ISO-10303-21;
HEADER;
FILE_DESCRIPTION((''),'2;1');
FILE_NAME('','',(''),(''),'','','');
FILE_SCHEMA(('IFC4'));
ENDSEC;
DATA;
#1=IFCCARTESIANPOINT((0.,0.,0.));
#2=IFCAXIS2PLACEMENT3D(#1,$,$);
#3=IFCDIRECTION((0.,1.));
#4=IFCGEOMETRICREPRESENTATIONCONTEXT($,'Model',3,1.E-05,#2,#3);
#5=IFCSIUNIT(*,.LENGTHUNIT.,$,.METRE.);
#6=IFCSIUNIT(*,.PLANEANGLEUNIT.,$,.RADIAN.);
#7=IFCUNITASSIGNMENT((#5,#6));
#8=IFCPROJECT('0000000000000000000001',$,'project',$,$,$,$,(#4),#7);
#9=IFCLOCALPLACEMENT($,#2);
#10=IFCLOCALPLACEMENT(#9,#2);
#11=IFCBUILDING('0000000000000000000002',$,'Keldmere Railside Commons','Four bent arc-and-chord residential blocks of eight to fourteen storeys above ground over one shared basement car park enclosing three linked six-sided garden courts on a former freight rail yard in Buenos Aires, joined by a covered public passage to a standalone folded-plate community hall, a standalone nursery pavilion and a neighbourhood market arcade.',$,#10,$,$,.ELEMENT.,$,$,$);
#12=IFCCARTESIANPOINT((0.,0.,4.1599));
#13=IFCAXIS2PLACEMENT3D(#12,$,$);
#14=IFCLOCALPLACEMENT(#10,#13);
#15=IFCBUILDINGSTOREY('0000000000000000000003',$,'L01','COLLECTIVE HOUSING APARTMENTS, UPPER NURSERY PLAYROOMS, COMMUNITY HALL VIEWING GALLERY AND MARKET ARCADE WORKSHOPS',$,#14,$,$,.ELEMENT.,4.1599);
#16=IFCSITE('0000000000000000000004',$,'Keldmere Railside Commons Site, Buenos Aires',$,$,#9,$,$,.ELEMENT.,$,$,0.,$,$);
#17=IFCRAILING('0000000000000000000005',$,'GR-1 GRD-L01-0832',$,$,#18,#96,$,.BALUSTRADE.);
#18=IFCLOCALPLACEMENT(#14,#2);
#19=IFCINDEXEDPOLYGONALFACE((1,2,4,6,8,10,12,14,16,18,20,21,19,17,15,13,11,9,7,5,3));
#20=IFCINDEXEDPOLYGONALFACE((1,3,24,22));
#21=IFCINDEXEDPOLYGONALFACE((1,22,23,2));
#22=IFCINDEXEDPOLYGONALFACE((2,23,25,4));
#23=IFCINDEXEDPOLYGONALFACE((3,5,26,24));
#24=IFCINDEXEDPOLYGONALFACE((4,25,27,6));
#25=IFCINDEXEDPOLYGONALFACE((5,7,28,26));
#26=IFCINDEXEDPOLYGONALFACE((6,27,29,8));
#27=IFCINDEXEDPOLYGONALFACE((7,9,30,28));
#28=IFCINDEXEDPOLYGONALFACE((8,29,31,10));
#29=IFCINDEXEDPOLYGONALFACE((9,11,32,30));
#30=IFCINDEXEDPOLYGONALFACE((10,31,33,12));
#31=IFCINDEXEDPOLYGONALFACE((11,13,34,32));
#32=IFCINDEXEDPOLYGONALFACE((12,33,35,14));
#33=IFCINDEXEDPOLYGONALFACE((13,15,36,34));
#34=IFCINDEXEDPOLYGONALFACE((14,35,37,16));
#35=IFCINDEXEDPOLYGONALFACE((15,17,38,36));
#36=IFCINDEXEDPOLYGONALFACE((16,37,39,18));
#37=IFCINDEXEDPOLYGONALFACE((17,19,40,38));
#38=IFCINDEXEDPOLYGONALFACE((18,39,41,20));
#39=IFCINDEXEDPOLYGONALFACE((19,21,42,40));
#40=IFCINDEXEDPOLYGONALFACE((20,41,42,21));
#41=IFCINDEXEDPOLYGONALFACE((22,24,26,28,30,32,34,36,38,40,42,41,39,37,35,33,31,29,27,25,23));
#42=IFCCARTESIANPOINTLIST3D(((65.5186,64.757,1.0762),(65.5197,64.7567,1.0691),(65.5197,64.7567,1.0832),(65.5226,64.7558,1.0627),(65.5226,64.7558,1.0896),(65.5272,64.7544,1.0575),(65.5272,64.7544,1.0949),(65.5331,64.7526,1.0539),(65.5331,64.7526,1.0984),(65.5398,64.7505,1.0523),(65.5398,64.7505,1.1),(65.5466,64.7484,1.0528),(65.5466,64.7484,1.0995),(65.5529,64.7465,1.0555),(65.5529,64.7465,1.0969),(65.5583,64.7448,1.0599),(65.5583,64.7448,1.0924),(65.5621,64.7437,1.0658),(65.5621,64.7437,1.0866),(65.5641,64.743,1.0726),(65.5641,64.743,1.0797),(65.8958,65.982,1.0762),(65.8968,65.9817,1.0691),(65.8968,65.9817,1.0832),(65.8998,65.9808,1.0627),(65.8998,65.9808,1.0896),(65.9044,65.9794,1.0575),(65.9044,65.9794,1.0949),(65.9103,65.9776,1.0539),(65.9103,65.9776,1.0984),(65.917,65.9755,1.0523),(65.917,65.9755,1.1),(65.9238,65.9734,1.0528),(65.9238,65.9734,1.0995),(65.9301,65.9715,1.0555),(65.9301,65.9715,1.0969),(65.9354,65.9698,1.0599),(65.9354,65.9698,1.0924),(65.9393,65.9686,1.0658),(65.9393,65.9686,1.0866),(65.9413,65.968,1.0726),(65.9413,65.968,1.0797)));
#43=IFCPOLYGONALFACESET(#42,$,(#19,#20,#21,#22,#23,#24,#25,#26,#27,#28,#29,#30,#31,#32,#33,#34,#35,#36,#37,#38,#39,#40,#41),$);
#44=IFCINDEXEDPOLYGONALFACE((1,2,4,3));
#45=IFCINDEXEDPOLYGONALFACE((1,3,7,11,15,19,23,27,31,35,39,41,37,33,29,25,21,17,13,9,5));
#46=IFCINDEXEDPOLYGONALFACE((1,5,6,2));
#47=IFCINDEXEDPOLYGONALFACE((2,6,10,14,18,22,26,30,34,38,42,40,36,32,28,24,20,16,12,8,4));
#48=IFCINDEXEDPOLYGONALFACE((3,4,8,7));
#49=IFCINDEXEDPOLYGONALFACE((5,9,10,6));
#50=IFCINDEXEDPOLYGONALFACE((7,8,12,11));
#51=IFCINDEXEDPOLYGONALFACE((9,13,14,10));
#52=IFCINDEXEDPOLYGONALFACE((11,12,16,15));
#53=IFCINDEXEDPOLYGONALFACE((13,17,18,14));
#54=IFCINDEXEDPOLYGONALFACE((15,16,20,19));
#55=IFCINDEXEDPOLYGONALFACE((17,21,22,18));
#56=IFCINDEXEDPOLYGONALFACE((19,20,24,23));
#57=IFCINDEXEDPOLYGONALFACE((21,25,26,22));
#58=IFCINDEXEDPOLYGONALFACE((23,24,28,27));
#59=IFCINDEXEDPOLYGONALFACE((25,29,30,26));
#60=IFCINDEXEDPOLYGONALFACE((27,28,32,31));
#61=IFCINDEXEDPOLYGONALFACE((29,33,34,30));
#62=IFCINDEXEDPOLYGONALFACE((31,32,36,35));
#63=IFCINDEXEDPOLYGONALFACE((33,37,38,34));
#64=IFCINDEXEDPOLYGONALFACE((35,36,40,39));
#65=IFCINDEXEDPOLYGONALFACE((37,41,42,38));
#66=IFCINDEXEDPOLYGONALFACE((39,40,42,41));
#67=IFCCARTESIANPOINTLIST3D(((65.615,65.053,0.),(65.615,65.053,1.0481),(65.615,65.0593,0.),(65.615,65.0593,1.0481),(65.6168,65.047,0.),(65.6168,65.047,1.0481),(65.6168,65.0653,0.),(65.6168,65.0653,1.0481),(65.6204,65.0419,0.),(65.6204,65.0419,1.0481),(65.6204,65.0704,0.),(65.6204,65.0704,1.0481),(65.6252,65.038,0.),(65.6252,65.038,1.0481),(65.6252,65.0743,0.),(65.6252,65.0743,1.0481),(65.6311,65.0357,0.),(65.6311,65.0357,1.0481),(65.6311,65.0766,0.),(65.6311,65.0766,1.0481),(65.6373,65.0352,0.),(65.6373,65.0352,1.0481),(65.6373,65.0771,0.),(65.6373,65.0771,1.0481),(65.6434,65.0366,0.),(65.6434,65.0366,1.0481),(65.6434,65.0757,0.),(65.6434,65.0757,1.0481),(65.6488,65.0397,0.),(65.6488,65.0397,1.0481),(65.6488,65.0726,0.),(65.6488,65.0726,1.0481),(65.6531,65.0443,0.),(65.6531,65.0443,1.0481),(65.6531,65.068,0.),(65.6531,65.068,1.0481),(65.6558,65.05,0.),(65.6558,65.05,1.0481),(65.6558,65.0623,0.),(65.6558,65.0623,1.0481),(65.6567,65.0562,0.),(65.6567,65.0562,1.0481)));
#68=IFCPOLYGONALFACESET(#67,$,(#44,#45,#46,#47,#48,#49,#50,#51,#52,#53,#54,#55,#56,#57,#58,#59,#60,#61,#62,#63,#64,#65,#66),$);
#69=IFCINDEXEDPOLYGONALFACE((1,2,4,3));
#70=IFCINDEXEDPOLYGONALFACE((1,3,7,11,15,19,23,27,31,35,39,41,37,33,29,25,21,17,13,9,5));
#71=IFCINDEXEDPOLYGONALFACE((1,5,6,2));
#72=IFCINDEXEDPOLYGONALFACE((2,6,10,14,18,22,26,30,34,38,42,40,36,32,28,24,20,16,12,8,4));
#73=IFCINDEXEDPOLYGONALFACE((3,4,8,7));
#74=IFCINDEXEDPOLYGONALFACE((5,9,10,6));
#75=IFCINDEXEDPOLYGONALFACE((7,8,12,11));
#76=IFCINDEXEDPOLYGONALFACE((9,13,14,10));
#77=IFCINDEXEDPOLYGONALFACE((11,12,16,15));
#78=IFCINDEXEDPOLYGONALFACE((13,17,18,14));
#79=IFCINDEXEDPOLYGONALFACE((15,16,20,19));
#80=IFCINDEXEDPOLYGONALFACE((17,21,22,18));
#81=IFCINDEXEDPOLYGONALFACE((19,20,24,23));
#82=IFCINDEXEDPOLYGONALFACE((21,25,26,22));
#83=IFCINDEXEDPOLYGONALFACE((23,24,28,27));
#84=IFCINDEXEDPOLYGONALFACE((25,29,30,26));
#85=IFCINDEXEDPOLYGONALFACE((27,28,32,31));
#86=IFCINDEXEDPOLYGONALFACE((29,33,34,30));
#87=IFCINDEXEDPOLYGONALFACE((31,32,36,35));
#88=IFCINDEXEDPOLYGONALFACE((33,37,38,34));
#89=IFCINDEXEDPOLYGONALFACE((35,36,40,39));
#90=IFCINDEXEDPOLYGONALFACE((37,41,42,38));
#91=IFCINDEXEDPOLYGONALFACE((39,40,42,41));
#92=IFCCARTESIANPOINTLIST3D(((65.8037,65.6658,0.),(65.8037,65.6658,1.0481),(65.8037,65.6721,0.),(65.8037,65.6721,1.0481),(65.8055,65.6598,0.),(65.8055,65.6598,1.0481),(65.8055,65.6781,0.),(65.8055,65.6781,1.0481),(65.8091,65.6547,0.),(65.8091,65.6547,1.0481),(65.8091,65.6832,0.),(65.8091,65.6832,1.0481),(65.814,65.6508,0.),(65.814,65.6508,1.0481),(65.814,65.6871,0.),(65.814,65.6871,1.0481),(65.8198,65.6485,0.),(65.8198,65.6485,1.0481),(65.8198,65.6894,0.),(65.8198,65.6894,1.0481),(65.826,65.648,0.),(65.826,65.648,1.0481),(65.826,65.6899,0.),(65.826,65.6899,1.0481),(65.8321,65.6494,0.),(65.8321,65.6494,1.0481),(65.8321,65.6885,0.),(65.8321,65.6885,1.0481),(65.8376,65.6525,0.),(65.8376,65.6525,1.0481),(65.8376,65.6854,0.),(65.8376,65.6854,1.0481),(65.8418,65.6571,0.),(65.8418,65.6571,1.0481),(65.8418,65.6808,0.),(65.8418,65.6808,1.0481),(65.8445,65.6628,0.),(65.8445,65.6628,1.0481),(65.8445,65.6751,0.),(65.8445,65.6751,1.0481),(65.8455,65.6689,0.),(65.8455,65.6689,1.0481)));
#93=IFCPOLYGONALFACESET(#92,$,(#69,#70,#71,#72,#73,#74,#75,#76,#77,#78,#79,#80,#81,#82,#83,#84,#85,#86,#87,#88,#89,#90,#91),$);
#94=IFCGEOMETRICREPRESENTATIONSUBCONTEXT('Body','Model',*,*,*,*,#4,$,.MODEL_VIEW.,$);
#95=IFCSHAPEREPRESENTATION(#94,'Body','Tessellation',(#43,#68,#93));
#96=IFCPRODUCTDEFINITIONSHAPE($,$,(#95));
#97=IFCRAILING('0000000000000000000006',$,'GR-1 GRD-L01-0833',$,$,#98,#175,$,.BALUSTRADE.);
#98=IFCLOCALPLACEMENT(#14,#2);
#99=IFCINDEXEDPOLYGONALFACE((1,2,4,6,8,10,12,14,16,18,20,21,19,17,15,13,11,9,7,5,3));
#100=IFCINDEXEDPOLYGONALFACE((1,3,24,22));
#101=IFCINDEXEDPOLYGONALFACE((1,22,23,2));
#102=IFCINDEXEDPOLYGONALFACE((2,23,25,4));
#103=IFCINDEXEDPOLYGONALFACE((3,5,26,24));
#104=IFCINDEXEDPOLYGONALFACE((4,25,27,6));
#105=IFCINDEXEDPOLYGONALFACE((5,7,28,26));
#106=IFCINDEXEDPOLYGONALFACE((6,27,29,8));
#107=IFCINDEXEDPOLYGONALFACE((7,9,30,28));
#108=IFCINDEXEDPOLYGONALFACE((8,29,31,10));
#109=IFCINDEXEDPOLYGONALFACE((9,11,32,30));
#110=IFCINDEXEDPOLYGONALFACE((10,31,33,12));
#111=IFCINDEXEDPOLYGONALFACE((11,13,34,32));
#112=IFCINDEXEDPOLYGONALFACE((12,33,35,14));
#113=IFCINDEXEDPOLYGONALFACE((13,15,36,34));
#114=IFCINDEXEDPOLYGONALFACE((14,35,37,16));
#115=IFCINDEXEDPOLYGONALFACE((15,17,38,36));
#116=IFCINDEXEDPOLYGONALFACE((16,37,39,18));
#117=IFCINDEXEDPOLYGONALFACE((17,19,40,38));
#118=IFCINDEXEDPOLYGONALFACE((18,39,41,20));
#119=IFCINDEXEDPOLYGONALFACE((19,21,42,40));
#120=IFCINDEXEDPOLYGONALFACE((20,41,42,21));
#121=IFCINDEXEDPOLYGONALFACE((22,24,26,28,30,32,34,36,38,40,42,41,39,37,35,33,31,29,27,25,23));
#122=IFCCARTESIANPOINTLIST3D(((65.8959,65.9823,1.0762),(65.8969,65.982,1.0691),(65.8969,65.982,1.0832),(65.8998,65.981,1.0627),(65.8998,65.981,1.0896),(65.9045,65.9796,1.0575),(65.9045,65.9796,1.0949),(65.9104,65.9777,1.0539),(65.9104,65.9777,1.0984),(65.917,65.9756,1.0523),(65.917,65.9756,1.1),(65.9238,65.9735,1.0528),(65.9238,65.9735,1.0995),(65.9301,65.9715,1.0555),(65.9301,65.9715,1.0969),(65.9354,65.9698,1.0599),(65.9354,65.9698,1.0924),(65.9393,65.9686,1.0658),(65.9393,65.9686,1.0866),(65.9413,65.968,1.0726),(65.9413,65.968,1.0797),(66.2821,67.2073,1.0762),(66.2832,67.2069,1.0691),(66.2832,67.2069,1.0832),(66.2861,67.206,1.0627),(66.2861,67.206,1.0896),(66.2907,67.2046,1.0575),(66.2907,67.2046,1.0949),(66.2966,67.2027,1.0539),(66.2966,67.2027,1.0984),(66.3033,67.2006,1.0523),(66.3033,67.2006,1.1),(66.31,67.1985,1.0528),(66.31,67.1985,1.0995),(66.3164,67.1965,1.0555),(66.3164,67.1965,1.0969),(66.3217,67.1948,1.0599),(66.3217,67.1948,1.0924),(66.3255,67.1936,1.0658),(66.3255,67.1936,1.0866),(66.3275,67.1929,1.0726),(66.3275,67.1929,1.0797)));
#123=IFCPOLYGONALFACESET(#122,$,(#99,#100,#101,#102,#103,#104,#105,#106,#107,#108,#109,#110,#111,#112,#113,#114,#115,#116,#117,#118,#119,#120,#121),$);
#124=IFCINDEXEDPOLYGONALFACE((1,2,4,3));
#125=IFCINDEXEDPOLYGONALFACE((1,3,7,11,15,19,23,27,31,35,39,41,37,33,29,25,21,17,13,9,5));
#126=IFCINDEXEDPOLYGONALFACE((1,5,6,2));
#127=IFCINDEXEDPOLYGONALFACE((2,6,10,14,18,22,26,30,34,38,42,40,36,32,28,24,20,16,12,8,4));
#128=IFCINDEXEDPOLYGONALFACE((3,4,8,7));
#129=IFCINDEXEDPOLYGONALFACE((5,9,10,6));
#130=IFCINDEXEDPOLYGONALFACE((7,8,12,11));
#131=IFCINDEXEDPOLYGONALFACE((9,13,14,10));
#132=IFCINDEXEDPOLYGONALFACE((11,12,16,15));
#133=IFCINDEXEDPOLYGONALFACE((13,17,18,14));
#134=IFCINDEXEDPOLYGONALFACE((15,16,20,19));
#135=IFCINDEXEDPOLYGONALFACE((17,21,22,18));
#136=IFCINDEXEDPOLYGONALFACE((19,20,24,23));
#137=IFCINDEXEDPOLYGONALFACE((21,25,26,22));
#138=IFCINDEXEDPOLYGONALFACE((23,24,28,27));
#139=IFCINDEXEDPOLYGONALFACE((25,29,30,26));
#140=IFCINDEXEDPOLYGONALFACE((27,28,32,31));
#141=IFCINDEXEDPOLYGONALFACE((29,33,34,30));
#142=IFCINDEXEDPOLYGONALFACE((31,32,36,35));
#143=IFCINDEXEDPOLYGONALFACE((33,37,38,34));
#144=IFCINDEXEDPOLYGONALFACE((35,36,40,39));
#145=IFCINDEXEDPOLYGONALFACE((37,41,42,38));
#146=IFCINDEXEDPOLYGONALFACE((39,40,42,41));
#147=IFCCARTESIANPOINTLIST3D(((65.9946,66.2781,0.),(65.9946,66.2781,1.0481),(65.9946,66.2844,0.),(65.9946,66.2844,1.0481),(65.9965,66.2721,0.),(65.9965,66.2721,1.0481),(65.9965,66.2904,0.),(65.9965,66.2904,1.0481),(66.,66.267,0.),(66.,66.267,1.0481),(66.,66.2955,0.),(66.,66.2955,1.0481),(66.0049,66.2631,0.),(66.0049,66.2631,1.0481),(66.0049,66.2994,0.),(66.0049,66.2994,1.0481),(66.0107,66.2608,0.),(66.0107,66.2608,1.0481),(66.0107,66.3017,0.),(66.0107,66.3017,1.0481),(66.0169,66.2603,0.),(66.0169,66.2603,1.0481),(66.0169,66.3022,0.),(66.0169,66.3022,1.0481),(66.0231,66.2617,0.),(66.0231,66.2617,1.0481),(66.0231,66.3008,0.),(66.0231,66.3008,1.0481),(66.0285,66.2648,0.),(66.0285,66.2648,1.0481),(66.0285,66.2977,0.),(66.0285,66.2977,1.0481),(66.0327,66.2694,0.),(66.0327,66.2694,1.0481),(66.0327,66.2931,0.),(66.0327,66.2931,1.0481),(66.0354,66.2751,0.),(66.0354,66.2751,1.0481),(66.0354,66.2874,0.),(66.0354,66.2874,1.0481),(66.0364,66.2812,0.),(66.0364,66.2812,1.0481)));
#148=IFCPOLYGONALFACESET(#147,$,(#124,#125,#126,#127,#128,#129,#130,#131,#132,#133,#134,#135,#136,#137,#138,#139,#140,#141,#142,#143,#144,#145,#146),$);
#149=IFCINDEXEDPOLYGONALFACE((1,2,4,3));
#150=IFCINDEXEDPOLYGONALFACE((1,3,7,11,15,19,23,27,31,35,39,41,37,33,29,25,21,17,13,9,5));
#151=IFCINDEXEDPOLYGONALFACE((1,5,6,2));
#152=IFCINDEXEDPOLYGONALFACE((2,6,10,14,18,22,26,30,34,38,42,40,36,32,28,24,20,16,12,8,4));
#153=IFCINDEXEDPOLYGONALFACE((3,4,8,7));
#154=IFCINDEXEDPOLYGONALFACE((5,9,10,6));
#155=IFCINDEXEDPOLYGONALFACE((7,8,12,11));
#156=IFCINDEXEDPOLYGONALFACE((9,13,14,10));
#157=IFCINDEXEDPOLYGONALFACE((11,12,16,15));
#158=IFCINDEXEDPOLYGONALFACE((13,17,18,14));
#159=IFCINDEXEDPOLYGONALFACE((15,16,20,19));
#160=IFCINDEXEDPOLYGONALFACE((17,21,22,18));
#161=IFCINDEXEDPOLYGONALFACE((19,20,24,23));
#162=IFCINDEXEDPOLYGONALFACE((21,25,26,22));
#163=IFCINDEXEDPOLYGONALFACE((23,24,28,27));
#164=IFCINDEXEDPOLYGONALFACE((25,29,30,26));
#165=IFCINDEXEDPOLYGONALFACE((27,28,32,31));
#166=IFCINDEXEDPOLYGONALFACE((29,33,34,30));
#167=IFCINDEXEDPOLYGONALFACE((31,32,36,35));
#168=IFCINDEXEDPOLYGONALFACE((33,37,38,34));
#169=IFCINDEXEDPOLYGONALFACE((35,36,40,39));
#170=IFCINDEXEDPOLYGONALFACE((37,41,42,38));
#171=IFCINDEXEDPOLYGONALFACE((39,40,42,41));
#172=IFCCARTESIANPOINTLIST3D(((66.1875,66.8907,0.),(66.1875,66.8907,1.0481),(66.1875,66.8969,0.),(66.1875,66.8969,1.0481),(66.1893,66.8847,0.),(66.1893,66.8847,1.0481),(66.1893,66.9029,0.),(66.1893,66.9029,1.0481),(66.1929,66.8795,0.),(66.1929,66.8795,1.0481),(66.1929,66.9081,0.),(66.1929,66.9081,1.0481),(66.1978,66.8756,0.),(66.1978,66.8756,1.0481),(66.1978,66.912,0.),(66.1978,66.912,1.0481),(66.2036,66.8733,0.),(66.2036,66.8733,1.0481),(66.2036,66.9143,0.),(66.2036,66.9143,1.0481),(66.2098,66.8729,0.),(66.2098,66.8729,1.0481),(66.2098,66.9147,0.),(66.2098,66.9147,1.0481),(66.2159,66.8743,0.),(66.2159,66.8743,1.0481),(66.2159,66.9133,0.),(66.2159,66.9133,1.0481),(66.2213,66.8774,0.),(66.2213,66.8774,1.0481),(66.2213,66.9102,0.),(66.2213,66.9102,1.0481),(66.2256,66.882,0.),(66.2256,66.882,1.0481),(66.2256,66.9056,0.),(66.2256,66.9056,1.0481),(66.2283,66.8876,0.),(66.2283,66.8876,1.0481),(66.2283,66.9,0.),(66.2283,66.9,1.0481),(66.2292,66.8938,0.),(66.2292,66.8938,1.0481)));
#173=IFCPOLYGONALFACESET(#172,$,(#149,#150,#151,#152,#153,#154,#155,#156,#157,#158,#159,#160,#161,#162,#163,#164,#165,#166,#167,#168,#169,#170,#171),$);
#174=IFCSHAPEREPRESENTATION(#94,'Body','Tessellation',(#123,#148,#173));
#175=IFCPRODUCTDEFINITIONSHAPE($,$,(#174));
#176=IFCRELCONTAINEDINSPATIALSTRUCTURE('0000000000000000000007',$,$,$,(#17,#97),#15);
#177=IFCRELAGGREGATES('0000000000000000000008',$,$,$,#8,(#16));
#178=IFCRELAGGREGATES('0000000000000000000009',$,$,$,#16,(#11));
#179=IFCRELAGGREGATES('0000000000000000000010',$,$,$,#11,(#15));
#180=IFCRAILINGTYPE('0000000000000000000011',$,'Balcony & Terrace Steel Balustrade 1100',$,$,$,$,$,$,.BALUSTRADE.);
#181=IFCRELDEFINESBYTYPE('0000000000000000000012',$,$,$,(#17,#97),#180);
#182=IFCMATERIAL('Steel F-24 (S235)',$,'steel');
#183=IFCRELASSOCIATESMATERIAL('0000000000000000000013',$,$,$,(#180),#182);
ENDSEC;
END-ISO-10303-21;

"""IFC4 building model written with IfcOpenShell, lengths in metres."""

from ifc_helpers import new_model, si_unit, direction, frame, origin, origin_2d, place, context, subcontext, project, spatial, circle, extrude, material, type_object, element, save


model = new_model("IFC4")

# Units and contexts
model_context = context("Model", 3, precision=1e-05, world=origin(), true_north=direction((0.0, 1.0)))
body_context = subcontext(model_context, "Body", "Model", "MODEL_VIEW")
ifc_project = project(units=[si_unit("LENGTHUNIT", "METRE"), si_unit("PLANEANGLEUNIT", "RADIAN")], contexts=[model_context])

# Site, building, storey
site_placement = place(None, origin())
site = spatial("IfcSite", under=ifc_project, at=site_placement, Name="Keldmere Railside Commons Site, Buenos Aires", CompositionType="ELEMENT", RefElevation=0.0)
building_placement = place(site_placement, origin())
building = spatial("IfcBuilding", under=site, at=building_placement, Name="Keldmere Railside Commons", Description="Four bent arc-and-chord residential blocks of eight to fourteen storeys above ground over one shared basement car park enclosing three linked six-sided garden courts on a former freight rail yard in Buenos Aires, joined by a covered public passage to a standalone folded-plate community hall, a standalone nursery pavilion and a neighbourhood market arcade.", CompositionType="ELEMENT")
storey_placement = place(building_placement, frame((0.0, 0.0, 4.1599)))
storey = spatial("IfcBuildingStorey", under=building, at=storey_placement, Name="L01", Description="COLLECTIVE HOUSING APARTMENTS, UPPER NURSERY PLAYROOMS, COMMUNITY HALL VIEWING GALLERY AND MARKET ARCADE WORKSHOPS", CompositionType="ELEMENT", Elevation=4.1599)

# Railings
ifc_material_1 = material(Name="Steel F-24 (S235)", Category="steel")
railing_type = type_object("IfcRailingType", Name="Balcony & Terrace Steel Balustrade 1100", PredefinedType="BALUSTRADE", material=ifc_material_1)
railing_1_placement = place(storey_placement, frame((65.5415, 64.75, 0.0)))
element("IfcRailing", 1, at=railing_1_placement, inside=storey, type_object=railing_type, Name="GR-1 GRD-L01-0832", PredefinedType="BALUSTRADE", context=body_context, shape_type="SweptSolid", body=[
    extrude(circle(Radius=0.0239, at=origin_2d()), frame((0.0, 0.0, 1.0762), z_axis=(0.29426, 0.955725, 0.0), x_axis=(-0.955725, 0.29426, 0.0)), (0.0, 0.0, 1.0), 1.2817),
    extrude(circle(Radius=0.021, at=origin_2d()), frame((0.0942, 0.3062, 0.0)), (0.0, 0.0, 1.0), 1.0481),
    extrude(circle(Radius=0.021, at=origin_2d()), frame((0.283, 0.9189, 0.0)), (0.0, 0.0, 1.0), 1.0481),
])
railing_2_placement = place(storey_placement, frame((65.9187, 65.9751, 0.0)))
element("IfcRailing", 2, at=railing_2_placement, inside=storey, type_object=railing_type, Name="GR-1 GRD-L01-0833", PredefinedType="BALUSTRADE", context=body_context, shape_type="SweptSolid", body=[
    extrude(circle(Radius=0.0239, at=origin_2d()), frame((0.0, 0.0, 1.0762), z_axis=(0.300731, 0.953709, 0.0), x_axis=(-0.953709, 0.300731, 0.0)), (0.0, 0.0, 1.0), 1.2844),
    extrude(circle(Radius=0.021, at=origin_2d()), frame((0.0967, 0.3062, 0.0)), (0.0, 0.0, 1.0), 1.0481),
    extrude(circle(Radius=0.021, at=origin_2d()), frame((0.2896, 0.9187, 0.0)), (0.0, 0.0, 1.0), 1.0481),
])

save(model, "model.ifc")
